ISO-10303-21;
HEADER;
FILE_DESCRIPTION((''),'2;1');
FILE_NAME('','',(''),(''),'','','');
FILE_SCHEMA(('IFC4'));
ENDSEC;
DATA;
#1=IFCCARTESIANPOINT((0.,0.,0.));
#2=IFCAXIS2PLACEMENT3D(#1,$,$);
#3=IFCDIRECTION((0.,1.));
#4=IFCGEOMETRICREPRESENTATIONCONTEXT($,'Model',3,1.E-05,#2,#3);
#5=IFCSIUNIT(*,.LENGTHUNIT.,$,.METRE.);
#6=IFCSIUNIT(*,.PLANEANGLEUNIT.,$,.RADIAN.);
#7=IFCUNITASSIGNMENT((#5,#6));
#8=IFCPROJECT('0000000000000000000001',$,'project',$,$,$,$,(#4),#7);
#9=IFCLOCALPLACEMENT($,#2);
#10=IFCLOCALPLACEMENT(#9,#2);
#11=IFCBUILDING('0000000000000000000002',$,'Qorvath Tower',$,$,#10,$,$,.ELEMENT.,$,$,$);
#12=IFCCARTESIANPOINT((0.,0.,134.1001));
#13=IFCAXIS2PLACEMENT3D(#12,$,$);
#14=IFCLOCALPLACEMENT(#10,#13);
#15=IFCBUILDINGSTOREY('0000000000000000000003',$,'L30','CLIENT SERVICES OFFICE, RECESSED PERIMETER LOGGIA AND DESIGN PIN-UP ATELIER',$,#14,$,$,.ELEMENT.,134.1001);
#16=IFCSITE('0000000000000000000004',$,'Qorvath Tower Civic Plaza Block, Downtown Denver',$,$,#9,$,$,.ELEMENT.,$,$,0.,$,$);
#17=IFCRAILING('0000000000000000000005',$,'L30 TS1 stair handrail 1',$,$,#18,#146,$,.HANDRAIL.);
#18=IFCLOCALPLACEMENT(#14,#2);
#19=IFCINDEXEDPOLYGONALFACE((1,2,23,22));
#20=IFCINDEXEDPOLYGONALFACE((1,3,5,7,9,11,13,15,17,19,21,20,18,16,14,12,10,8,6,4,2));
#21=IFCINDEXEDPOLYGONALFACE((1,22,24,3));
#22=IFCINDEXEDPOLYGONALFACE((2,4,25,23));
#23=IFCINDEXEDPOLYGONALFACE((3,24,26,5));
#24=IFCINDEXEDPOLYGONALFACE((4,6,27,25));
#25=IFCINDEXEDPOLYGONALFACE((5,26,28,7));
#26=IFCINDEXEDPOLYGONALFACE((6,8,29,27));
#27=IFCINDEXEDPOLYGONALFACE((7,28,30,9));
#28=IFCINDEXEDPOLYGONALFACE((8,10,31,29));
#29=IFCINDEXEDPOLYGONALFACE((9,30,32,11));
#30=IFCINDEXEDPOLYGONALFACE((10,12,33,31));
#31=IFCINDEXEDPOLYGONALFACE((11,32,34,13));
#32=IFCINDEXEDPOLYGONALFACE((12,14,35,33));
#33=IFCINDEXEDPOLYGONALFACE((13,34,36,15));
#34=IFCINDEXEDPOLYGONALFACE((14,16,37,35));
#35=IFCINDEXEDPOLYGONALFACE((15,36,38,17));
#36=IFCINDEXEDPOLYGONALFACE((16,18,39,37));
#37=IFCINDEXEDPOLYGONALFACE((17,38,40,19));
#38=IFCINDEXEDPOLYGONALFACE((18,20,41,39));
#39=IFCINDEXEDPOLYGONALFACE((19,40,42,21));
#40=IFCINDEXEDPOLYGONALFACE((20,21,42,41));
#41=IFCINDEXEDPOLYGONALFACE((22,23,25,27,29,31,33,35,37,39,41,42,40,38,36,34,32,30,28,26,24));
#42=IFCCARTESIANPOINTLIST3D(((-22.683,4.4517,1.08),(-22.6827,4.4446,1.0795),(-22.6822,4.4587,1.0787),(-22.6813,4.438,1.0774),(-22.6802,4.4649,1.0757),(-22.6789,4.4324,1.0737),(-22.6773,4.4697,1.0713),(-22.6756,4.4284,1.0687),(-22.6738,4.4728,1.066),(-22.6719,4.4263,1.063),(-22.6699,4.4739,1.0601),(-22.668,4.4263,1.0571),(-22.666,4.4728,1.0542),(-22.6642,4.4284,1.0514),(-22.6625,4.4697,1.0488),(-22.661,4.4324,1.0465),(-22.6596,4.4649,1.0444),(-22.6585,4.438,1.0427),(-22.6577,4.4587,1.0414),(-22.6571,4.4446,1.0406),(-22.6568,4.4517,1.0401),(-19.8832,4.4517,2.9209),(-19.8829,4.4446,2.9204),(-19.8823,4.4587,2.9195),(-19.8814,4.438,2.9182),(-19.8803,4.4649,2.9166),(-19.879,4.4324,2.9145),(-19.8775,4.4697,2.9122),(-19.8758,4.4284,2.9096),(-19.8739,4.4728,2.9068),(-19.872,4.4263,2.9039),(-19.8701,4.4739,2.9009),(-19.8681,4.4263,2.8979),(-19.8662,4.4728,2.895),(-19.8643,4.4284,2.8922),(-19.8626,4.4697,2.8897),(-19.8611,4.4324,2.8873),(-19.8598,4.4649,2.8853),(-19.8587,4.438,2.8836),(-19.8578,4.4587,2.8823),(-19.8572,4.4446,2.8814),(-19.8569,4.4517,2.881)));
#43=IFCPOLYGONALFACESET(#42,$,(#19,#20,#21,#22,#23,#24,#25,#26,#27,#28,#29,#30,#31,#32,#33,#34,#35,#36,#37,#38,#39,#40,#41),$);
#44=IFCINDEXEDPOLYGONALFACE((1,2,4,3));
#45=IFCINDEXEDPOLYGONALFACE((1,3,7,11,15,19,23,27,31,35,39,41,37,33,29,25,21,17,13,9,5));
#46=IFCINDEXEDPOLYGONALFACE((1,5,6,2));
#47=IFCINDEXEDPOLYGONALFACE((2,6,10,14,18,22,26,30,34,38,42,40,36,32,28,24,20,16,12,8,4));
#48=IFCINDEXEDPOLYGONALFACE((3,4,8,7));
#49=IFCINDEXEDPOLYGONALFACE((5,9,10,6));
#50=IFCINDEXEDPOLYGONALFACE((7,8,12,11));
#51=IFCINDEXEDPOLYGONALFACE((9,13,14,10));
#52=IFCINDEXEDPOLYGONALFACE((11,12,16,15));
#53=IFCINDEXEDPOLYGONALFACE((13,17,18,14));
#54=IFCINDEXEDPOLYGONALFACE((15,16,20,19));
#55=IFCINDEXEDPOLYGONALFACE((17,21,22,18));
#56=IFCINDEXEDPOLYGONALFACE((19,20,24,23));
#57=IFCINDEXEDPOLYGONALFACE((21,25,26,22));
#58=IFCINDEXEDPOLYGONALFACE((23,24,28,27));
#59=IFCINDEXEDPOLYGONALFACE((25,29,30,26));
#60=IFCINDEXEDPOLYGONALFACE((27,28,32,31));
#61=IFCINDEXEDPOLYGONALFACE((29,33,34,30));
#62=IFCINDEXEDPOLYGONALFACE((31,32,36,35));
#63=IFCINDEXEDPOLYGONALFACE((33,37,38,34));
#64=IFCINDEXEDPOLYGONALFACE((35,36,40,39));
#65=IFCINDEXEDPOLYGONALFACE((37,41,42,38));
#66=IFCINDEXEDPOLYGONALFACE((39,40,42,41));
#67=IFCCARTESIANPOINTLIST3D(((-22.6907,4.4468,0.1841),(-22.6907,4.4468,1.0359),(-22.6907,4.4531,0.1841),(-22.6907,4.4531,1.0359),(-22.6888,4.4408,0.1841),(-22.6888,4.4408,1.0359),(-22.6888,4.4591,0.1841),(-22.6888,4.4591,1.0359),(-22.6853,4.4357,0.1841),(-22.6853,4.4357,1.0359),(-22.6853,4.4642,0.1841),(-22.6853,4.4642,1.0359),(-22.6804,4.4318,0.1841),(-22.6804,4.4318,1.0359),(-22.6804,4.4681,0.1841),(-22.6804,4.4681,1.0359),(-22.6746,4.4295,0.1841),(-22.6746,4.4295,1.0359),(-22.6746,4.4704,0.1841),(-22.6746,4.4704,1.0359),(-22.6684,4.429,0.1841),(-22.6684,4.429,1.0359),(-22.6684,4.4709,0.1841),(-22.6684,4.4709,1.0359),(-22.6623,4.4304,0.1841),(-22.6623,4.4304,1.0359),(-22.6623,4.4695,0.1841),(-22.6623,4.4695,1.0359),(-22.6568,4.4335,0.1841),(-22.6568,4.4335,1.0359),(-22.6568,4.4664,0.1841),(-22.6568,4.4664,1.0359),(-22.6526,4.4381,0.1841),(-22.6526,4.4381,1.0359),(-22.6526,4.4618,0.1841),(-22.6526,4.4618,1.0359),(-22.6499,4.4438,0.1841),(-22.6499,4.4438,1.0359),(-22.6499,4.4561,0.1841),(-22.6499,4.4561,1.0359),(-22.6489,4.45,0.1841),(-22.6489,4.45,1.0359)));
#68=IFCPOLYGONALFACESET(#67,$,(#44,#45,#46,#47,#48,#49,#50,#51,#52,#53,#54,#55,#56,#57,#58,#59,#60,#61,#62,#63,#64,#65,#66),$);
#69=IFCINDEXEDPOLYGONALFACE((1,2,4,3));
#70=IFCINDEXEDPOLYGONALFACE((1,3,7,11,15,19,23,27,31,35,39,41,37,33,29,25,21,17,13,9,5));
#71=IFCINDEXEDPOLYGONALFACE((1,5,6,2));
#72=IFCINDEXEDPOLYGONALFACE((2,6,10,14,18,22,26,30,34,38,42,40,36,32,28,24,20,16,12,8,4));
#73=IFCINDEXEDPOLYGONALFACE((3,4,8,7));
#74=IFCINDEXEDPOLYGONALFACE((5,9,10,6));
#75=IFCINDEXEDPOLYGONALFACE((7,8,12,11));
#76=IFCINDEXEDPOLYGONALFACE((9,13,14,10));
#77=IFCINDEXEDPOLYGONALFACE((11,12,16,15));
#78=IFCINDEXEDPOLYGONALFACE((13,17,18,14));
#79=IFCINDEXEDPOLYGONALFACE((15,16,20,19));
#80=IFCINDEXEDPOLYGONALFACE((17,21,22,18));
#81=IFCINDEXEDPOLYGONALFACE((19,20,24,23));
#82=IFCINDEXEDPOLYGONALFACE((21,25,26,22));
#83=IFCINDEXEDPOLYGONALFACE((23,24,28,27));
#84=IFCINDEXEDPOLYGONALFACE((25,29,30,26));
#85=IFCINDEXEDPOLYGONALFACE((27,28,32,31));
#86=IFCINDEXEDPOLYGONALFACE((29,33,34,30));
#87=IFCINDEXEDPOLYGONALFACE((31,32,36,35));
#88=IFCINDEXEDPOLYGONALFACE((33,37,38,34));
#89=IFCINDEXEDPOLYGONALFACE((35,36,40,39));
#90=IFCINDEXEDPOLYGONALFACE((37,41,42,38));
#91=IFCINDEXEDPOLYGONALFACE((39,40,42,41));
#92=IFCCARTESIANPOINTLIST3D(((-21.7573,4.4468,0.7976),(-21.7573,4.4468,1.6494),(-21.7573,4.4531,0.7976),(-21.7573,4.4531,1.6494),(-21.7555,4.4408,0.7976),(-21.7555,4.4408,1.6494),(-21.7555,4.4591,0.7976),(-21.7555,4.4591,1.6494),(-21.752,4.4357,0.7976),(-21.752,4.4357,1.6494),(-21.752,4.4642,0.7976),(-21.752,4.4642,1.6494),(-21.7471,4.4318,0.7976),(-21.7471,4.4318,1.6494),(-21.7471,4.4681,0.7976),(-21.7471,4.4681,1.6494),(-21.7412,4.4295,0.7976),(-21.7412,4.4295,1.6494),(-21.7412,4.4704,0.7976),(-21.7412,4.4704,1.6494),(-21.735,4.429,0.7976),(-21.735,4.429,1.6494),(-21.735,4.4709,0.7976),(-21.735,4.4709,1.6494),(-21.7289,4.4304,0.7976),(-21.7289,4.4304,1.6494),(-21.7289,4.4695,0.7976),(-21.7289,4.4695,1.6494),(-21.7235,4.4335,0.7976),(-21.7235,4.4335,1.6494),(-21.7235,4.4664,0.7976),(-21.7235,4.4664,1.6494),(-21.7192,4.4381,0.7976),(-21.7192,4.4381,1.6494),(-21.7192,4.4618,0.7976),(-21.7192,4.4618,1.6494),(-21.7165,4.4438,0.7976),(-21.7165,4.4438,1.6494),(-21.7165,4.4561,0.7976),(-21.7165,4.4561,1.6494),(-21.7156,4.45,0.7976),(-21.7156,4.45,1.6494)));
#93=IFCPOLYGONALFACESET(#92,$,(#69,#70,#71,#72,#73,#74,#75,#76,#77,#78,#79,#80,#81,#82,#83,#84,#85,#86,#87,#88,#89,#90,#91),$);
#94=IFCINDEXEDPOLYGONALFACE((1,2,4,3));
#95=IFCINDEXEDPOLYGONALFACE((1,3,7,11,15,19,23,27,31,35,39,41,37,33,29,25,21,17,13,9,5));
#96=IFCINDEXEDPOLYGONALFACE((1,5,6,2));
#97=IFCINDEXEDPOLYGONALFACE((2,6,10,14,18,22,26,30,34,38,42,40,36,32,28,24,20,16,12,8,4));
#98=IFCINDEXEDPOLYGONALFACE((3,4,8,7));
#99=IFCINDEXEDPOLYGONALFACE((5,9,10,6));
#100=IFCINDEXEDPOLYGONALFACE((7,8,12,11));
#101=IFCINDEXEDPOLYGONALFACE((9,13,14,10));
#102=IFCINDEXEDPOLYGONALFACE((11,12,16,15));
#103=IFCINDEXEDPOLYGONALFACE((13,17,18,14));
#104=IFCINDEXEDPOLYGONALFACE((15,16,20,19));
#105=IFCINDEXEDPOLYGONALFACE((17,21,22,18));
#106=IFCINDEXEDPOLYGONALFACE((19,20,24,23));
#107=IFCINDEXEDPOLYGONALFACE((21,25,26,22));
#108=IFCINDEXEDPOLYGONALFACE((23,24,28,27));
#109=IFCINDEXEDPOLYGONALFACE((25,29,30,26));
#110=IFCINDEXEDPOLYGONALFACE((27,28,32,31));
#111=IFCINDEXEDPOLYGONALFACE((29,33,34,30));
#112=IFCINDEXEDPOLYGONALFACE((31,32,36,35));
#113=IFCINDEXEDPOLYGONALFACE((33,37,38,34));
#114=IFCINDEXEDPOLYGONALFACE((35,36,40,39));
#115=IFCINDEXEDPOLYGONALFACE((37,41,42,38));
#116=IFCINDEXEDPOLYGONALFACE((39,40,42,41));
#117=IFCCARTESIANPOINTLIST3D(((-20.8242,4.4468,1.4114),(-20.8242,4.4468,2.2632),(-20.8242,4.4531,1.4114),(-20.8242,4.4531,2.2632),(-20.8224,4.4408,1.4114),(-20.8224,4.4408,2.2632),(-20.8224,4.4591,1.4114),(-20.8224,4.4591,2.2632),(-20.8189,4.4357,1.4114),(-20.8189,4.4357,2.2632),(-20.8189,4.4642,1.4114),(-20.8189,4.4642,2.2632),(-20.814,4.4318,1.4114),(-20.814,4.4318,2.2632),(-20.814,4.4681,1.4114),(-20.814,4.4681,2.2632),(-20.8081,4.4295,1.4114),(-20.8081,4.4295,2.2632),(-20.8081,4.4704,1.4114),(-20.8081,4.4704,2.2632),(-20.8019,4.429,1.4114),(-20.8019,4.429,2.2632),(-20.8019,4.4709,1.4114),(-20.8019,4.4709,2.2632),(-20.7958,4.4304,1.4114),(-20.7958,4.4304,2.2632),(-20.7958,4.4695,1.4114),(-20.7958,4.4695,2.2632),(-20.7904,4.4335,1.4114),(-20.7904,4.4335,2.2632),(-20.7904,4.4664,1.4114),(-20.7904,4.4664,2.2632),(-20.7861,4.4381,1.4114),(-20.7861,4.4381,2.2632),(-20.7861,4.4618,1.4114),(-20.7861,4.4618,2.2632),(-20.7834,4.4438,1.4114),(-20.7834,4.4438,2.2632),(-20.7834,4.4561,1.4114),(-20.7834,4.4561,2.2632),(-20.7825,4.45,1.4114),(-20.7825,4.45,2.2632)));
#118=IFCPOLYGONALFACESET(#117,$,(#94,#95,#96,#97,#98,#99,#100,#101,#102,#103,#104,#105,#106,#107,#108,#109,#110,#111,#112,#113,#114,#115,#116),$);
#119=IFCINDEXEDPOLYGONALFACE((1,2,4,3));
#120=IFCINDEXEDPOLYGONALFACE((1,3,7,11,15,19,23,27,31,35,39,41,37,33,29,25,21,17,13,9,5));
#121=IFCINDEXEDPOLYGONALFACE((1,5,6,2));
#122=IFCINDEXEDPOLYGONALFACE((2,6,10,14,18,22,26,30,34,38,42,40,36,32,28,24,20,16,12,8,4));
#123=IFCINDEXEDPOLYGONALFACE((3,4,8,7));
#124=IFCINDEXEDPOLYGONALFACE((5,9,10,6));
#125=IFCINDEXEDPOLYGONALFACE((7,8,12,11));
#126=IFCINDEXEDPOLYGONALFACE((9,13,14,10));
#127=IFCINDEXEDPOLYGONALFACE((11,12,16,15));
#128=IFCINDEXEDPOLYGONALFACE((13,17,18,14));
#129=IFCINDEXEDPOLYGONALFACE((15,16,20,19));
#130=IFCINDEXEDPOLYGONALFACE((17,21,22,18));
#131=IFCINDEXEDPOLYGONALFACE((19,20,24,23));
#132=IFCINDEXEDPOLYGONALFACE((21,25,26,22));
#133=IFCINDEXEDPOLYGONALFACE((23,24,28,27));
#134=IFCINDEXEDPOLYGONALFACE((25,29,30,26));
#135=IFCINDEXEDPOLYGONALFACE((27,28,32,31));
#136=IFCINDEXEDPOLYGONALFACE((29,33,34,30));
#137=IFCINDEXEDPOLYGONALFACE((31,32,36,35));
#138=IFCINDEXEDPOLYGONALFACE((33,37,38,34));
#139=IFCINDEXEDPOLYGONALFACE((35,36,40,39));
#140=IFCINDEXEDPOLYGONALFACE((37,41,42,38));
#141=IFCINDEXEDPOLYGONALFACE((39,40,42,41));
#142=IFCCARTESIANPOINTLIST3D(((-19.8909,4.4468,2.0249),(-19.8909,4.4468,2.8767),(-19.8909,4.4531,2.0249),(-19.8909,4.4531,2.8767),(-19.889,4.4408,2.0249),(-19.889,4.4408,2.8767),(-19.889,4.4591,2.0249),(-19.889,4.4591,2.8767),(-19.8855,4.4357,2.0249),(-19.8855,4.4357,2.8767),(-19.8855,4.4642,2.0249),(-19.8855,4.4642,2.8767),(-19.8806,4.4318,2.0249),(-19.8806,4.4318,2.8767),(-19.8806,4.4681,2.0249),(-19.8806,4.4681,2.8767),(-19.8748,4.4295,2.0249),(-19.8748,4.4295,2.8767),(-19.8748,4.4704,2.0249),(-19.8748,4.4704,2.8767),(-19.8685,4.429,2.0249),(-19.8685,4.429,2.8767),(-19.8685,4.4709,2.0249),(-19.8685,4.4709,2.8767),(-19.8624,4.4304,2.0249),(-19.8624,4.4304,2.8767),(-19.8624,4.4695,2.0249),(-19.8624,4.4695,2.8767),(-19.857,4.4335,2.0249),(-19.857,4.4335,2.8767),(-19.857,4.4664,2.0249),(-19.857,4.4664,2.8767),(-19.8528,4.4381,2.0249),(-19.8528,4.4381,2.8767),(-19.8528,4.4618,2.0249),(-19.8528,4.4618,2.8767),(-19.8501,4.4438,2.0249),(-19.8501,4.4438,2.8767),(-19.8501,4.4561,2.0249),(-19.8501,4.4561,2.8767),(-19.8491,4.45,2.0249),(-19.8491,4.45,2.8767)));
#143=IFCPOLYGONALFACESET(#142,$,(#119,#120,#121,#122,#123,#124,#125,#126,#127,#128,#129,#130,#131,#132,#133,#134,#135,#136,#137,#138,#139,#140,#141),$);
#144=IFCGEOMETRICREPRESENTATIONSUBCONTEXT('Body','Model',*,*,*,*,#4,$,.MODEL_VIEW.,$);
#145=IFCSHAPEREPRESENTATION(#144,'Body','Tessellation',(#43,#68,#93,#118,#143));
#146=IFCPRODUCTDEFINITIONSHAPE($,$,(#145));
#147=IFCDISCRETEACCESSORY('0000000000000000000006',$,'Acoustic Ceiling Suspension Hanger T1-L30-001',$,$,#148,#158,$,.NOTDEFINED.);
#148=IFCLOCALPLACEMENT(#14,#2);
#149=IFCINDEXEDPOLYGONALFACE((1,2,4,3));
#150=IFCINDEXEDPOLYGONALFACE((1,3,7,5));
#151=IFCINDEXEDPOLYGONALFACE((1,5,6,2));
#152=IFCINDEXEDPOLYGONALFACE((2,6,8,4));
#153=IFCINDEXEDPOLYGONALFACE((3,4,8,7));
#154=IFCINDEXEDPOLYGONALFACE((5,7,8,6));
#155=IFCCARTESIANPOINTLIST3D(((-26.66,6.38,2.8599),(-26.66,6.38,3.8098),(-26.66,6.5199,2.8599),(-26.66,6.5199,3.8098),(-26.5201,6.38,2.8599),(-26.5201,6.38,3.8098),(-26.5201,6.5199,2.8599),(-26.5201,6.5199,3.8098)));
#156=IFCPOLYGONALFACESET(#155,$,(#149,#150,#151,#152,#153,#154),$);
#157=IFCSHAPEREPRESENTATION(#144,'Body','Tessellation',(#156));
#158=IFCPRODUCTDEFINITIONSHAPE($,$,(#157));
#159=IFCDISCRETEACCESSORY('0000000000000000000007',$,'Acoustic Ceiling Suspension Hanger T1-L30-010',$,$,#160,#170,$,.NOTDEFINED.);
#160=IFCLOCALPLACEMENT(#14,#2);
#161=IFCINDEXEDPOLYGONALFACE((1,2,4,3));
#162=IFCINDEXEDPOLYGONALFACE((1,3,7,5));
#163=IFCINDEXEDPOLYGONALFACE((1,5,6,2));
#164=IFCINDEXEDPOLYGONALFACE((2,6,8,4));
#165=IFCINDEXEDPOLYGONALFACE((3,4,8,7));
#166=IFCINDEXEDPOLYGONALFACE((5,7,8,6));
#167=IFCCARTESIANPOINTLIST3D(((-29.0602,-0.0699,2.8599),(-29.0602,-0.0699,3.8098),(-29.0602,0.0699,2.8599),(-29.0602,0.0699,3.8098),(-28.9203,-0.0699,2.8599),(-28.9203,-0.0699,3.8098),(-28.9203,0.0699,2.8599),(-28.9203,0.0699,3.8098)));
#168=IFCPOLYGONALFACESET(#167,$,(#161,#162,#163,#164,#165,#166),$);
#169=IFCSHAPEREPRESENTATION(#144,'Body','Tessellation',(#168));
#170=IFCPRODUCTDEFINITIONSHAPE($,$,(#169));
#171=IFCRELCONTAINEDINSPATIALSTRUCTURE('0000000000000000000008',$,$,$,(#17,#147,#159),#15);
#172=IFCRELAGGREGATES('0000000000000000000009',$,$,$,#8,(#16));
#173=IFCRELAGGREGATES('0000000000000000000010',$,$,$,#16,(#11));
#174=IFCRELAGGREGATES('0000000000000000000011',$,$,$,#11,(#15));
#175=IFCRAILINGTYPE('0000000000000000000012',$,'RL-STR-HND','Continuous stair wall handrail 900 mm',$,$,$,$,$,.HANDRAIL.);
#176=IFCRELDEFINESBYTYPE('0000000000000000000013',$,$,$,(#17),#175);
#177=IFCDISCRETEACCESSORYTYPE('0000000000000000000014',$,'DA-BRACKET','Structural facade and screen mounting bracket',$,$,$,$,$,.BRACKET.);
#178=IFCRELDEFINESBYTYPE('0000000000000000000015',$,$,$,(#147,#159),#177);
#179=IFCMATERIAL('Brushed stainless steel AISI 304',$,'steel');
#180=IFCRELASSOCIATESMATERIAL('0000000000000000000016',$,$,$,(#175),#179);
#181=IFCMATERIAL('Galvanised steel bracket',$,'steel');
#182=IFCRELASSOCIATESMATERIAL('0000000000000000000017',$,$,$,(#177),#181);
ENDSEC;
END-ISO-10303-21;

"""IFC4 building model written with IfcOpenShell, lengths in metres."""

from ifc_helpers import new_model, si_unit, direction, frame, origin, origin_2d, place, context, subcontext, project, spatial, rectangle, circle, extrude, material, type_object, element, save


model = new_model("IFC4")

# Units and contexts
model_context = context("Model", 3, precision=1e-05, world=origin(), true_north=direction((0.0, 1.0)))
body_context = subcontext(model_context, "Body", "Model", "MODEL_VIEW")
ifc_project = project(units=[si_unit("LENGTHUNIT", "METRE"), si_unit("PLANEANGLEUNIT", "RADIAN")], contexts=[model_context])

# Site, building, storey
site_placement = place(None, origin())
site = spatial("IfcSite", under=ifc_project, at=site_placement, Name="Qorvath Tower Civic Plaza Block, Downtown Denver", CompositionType="ELEMENT", RefElevation=0.0)
building_placement = place(site_placement, origin())
building = spatial("IfcBuilding", under=site, at=building_placement, Name="Qorvath Tower", CompositionType="ELEMENT")
storey_placement = place(building_placement, frame((0.0, 0.0, 134.1001)))
storey = spatial("IfcBuildingStorey", under=building, at=storey_placement, Name="L30", Description="CLIENT SERVICES OFFICE, RECESSED PERIMETER LOGGIA AND DESIGN PIN-UP ATELIER", CompositionType="ELEMENT", Elevation=134.1001)

# Railing
ifc_material_1 = material(Name="Brushed stainless steel AISI 304", Category="steel")
railing_type_1 = type_object("IfcRailingType", Name="RL-STR-HND", Description="Continuous stair wall handrail 900 mm", PredefinedType="HANDRAIL", material=ifc_material_1)
railing_1_placement = place(storey_placement, frame((-22.6699, 4.45, 0.1841)))
element("IfcRailing", 1, at=railing_1_placement, inside=storey, type_object=railing_type_1, Name="L30 TS1 stair handrail 1", PredefinedType="HANDRAIL", context=body_context, shape_type="SweptSolid", body=[
    extrude(circle(Radius=0.0239, at=origin_2d()), frame((0.0, 0.0, 0.876), z_axis=(0.835576, 0.0, 0.549376), x_axis=(0.0, 1.0, 0.0)), (0.0, 0.0, 1.0), 3.3508),
    extrude(circle(Radius=0.021, at=origin_2d()), origin(), (0.0, 0.0, 1.0), 0.8518),
    extrude(circle(Radius=0.021, at=origin_2d()), frame((0.9333, 0.0, 0.6135)), (0.0, 0.0, 1.0), 0.8518),
    extrude(circle(Radius=0.021, at=origin_2d()), frame((1.8665, 0.0, 1.2273)), (0.0, 0.0, 1.0), 0.8518),
    extrude(circle(Radius=0.021, at=origin_2d()), frame((2.7998, 0.0, 1.8408)), (0.0, 0.0, 1.0), 0.8518),
])

# Discrete accessories
ifc_material_2 = material(Name="Galvanised steel bracket", Category="steel")
discrete_accessory_type = type_object("IfcDiscreteAccessoryType", Name="DA-BRACKET", Description="Structural facade and screen mounting bracket", PredefinedType="BRACKET", material=ifc_material_2)
for number, where, z_axis, x_axis, name in (
    (2, (-26.5901, 6.45, 2.8599), (0.0, 0.0, 1.0), (1.0, 0.0, 0.0), "Acoustic Ceiling Suspension Hanger T1-L30-001"),
    (3, (-28.9902, 0.0, 2.8599), (0.0, 0.0, 1.0), (1.0, 0.0, 0.0), "Acoustic Ceiling Suspension Hanger T1-L30-010"),
):
    element("IfcDiscreteAccessory", number, at=place(storey_placement, frame(where, z_axis=z_axis, x_axis=x_axis)), inside=storey, type_object=discrete_accessory_type, Name=name, PredefinedType="NOTDEFINED", context=body_context, shape_type="SweptSolid", body=[
        extrude(rectangle(XDim=0.1399, YDim=0.1399, at=origin_2d()), origin(), (0.0, 0.0, 1.0), 0.95),
    ])

save(model, "model.ifc")
